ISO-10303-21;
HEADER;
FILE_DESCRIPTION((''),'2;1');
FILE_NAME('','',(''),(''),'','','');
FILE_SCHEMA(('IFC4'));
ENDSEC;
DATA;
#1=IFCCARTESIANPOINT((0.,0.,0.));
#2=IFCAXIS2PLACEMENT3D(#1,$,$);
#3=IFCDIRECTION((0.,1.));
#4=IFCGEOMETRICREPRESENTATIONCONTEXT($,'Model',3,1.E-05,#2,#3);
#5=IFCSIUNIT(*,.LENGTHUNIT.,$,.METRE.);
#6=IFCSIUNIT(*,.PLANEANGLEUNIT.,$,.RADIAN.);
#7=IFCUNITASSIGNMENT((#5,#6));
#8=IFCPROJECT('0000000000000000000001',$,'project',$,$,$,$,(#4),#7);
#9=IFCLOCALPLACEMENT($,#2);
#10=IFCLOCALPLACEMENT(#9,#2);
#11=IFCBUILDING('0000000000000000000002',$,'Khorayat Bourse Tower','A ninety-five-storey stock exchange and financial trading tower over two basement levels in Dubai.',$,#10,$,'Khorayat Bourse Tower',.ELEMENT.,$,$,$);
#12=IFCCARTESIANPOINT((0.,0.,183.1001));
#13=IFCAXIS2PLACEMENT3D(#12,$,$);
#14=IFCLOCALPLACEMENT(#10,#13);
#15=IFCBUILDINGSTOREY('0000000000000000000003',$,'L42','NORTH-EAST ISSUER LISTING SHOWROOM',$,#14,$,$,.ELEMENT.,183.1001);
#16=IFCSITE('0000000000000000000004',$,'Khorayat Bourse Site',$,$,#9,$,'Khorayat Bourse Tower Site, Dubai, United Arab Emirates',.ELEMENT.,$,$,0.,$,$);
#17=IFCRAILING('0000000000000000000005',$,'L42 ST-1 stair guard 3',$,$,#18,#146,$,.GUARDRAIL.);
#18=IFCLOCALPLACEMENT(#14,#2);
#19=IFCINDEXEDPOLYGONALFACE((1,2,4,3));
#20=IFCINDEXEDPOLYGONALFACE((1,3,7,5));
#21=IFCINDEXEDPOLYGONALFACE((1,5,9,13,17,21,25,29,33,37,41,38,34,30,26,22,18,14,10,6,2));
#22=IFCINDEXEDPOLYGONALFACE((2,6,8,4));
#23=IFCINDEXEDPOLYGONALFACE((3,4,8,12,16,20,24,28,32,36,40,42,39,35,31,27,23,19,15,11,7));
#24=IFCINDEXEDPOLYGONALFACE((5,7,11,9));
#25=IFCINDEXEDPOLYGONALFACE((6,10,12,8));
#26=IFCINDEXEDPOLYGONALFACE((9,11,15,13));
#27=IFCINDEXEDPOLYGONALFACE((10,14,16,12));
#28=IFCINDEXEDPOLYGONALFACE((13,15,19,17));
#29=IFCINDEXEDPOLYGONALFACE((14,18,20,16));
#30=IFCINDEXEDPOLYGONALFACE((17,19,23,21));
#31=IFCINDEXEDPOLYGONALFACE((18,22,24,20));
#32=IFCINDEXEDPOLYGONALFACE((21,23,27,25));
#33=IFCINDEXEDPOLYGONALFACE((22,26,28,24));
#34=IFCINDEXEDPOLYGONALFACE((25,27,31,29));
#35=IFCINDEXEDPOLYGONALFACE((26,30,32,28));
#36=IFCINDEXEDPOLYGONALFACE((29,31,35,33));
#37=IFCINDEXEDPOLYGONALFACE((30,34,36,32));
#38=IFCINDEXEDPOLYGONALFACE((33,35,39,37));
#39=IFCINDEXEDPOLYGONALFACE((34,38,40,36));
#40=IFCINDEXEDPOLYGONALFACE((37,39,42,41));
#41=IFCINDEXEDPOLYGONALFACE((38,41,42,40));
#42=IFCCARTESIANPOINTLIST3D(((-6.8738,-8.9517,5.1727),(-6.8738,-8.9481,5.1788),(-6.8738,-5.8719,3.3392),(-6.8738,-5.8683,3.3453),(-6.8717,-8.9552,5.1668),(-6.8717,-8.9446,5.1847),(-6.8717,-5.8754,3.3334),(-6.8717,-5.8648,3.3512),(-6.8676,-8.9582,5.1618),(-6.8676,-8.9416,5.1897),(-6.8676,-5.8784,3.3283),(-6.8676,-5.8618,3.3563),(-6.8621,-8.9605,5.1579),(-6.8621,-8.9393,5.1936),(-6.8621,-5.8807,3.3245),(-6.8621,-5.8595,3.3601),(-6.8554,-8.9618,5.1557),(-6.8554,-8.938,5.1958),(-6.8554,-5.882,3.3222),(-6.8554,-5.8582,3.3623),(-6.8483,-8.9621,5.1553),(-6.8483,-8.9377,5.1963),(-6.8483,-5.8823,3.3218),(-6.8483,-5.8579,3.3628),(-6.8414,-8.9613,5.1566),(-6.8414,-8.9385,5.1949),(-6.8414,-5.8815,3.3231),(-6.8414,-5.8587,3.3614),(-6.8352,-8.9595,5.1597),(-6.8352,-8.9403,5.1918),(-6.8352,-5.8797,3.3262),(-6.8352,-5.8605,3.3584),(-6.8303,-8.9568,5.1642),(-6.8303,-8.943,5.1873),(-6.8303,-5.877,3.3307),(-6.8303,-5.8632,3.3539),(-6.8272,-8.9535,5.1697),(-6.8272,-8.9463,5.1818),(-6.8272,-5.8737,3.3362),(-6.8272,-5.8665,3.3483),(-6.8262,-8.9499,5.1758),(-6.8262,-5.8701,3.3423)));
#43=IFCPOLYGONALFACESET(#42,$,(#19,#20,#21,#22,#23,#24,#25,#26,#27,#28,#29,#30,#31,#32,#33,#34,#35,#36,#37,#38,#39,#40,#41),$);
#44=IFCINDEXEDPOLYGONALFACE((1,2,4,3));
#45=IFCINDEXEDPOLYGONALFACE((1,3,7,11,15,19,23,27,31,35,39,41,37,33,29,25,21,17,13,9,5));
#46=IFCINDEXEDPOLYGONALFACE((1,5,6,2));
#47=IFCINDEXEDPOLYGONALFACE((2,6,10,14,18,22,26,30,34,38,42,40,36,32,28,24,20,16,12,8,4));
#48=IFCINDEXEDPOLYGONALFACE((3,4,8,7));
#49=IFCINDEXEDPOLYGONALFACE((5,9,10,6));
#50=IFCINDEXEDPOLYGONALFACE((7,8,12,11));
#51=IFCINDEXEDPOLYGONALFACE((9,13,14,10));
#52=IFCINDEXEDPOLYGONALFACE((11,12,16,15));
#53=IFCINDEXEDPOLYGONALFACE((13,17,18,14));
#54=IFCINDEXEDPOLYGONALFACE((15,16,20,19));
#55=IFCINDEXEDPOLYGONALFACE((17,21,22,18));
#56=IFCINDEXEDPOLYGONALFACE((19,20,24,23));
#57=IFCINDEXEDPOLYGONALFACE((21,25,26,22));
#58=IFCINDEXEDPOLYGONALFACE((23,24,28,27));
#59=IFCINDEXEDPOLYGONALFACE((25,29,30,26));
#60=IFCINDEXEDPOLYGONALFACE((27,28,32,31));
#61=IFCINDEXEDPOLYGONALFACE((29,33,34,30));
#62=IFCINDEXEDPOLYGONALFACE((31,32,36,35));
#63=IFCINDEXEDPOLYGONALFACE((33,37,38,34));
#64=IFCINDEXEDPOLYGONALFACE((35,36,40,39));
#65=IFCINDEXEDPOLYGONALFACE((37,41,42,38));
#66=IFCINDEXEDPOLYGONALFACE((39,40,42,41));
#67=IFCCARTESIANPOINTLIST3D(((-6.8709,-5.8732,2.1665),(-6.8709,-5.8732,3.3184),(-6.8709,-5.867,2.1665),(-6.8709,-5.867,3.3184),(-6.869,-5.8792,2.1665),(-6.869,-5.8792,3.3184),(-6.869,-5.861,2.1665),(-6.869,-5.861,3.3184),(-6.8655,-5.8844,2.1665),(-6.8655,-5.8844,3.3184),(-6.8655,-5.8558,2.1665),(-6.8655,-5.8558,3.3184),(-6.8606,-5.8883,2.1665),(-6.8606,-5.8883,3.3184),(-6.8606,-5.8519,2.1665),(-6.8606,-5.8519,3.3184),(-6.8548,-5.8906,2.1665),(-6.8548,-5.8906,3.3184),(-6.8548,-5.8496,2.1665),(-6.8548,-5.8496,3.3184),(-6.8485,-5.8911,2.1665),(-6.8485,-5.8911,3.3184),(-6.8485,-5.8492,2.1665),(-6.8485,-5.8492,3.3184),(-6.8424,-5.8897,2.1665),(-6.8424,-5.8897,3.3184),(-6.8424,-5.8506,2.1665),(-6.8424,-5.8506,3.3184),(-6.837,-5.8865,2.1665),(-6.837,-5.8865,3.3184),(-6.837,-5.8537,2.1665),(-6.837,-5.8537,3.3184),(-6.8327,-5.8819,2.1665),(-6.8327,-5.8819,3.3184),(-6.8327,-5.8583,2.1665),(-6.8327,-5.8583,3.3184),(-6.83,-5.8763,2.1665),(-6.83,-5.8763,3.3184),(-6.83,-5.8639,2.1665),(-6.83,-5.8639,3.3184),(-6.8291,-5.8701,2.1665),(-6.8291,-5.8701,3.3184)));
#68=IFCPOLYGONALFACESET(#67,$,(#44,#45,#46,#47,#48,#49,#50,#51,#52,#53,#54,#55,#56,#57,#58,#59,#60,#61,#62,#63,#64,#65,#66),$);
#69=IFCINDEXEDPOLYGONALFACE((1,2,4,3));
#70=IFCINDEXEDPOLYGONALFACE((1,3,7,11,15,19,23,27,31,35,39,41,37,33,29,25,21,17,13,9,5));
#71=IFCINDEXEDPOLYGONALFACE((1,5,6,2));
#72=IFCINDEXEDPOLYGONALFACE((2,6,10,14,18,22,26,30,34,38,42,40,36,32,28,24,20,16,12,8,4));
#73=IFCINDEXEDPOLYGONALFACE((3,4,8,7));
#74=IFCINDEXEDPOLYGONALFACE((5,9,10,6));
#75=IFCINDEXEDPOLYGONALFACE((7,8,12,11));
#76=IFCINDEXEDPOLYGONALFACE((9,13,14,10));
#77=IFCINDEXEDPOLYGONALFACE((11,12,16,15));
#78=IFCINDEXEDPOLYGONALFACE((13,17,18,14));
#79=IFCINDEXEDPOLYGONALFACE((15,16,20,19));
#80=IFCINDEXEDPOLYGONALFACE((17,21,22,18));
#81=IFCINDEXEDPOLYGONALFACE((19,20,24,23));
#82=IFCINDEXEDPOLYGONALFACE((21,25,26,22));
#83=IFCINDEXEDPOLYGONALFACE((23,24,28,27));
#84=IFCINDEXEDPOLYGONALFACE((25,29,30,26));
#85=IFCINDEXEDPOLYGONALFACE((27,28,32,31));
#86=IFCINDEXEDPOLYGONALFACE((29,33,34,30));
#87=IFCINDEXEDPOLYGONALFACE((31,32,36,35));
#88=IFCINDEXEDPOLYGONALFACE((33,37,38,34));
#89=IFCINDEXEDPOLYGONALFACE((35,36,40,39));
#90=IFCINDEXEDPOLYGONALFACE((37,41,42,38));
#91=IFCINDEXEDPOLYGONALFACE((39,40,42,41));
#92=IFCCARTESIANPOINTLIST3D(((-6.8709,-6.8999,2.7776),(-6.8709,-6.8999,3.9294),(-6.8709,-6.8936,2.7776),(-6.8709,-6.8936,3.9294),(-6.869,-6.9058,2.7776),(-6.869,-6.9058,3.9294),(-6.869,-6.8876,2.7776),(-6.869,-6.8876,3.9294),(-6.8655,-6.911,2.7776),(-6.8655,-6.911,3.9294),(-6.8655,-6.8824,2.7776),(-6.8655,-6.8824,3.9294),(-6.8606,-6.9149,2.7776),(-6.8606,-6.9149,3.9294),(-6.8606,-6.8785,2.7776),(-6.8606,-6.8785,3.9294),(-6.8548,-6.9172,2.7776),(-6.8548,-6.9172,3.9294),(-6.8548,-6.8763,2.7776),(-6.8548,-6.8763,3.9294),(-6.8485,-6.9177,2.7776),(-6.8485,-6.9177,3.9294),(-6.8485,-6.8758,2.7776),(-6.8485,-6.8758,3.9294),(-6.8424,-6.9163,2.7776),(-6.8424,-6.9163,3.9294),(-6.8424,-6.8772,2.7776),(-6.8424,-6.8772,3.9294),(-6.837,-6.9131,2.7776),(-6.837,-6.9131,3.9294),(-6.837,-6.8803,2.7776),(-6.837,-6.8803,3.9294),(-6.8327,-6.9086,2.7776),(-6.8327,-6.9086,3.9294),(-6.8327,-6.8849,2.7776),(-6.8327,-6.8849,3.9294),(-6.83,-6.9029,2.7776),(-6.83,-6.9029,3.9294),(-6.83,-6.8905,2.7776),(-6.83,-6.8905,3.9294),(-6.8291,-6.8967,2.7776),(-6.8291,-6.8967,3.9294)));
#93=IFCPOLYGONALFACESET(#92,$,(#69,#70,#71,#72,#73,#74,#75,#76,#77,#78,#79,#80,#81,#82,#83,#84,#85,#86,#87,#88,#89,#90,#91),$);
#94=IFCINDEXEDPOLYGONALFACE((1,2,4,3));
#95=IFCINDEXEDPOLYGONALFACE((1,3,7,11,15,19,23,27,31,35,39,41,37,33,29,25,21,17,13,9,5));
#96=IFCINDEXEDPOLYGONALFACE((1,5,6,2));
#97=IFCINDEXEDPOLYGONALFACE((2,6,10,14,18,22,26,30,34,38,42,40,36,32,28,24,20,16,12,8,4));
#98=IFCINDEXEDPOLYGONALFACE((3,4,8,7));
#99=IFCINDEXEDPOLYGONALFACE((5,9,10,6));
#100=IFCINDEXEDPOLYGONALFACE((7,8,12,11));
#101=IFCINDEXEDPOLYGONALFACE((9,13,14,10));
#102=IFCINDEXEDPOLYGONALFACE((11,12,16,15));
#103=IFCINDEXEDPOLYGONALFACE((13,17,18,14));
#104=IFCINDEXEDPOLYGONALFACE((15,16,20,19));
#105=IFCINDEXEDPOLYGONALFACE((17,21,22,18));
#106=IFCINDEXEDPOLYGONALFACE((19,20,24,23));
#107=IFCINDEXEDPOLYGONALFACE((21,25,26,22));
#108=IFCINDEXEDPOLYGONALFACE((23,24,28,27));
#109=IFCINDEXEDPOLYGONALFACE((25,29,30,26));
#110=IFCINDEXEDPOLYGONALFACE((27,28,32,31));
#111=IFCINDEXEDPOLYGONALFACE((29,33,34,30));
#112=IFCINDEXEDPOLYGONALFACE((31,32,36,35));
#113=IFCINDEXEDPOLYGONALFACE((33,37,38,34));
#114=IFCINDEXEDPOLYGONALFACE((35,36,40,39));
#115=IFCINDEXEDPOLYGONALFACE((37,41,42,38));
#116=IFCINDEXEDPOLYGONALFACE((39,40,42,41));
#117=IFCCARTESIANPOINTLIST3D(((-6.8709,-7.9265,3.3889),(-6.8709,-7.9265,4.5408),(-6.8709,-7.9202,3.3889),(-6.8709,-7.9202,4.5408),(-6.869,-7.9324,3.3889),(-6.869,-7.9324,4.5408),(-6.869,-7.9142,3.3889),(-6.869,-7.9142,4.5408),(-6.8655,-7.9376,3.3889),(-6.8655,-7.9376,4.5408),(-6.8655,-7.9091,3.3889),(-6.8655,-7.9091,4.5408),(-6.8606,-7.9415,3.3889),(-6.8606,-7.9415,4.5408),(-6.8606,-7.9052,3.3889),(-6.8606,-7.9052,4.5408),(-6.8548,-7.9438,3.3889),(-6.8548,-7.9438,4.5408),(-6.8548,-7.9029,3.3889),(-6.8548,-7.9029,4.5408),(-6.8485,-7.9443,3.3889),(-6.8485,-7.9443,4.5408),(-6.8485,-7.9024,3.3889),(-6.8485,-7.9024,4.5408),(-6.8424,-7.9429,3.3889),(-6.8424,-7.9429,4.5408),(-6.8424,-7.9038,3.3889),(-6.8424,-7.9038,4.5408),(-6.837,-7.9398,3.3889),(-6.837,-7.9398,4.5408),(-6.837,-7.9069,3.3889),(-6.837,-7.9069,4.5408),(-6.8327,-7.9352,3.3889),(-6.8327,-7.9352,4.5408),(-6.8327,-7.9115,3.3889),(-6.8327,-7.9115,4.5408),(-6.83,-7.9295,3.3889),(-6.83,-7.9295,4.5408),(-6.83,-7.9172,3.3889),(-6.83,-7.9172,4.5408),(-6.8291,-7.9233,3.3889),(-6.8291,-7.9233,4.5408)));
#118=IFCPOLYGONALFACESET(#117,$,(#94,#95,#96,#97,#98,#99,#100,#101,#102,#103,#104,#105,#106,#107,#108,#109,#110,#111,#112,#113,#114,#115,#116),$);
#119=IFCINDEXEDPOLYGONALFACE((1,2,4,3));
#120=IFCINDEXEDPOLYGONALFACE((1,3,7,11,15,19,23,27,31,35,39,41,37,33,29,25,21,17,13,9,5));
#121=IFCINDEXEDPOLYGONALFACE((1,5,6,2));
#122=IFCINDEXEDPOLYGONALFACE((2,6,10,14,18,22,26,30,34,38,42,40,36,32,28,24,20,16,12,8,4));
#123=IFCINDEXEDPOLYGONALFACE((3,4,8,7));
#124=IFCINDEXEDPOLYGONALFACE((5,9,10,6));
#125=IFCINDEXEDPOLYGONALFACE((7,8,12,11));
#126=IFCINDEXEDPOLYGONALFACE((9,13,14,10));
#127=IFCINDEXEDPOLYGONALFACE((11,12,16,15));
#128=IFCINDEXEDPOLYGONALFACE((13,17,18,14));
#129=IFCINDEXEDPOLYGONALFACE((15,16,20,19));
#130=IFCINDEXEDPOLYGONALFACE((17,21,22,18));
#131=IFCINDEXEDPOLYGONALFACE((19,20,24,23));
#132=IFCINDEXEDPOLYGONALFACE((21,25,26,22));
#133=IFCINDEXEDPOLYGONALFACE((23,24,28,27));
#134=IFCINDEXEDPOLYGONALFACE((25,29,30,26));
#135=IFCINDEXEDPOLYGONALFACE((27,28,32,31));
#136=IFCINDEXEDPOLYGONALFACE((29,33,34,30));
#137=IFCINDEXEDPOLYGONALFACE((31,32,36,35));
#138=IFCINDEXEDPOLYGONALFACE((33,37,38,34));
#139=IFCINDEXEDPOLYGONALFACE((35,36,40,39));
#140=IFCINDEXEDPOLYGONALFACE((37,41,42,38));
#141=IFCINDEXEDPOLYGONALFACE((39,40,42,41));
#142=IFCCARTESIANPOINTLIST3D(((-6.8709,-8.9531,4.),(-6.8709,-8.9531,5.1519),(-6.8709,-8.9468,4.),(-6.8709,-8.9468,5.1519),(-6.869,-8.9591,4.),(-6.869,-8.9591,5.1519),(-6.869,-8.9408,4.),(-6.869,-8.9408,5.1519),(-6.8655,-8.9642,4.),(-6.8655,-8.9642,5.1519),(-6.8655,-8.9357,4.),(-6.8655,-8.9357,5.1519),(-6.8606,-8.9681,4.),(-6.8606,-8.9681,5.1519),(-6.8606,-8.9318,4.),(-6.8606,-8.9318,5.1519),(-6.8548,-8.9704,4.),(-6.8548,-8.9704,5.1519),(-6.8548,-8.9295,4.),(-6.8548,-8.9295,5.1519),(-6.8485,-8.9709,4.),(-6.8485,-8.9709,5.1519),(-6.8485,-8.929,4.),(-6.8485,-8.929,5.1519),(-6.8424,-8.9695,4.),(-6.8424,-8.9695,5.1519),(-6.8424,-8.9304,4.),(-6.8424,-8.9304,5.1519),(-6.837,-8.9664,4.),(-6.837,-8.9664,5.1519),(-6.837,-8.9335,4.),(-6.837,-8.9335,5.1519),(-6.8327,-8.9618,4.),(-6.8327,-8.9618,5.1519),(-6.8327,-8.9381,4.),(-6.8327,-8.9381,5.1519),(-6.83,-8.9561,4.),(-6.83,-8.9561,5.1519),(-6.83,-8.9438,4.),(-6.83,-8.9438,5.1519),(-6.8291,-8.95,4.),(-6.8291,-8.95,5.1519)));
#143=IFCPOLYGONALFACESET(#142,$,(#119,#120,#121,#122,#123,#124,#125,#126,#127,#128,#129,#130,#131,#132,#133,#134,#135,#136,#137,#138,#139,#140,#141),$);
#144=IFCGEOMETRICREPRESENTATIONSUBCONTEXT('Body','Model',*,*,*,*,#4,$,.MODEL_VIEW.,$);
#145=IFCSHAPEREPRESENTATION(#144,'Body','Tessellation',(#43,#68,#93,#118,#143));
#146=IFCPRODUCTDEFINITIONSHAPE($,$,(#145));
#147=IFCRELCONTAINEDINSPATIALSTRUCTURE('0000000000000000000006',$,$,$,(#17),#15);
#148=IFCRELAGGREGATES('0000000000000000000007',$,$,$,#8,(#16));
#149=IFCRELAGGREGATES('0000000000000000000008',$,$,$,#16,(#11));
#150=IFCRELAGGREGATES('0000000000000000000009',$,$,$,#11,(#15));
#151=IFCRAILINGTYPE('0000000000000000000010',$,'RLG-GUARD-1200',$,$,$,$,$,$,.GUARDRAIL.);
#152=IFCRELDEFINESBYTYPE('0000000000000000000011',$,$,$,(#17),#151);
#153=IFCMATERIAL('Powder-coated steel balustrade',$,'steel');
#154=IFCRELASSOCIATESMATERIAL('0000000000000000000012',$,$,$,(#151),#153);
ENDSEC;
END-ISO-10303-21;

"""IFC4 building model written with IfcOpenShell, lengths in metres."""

from ifc_helpers import new_model, si_unit, direction, frame, origin, origin_2d, place, context, subcontext, project, spatial, circle, extrude, source, transform, mapped, material, type_object, element, save


model = new_model("IFC4")

# Units and contexts
model_context = context("Model", 3, precision=1e-05, world=origin(), true_north=direction((0.0, 1.0)))
body_context = subcontext(model_context, "Body", "Model", "MODEL_VIEW")
ifc_project = project(units=[si_unit("LENGTHUNIT", "METRE"), si_unit("PLANEANGLEUNIT", "RADIAN")], contexts=[model_context])

# Site, building, storey
site_placement = place(None, origin())
site = spatial("IfcSite", under=ifc_project, at=site_placement, Name="Khorayat Bourse Site", LongName="Khorayat Bourse Tower Site, Dubai, United Arab Emirates", CompositionType="ELEMENT", RefElevation=0.0)
building_placement = place(site_placement, origin())
building = spatial("IfcBuilding", under=site, at=building_placement, Name="Khorayat Bourse Tower", Description="A ninety-five-storey stock exchange and financial trading tower over two basement levels in Dubai.", LongName="Khorayat Bourse Tower", CompositionType="ELEMENT")
storey_placement = place(building_placement, frame((0.0, 0.0, 183.1001)))
storey = spatial("IfcBuildingStorey", under=building, at=storey_placement, Name="L42", Description="NORTH-EAST ISSUER LISTING SHOWROOM", CompositionType="ELEMENT", Elevation=183.1001)

# Railing
ifc_material_1 = material(Name="Powder-coated steel balustrade", Category="steel")
railing_type_1 = type_object("IfcRailingType", Name="RLG-GUARD-1200", PredefinedType="GUARDRAIL", material=ifc_material_1)
shared_shape_1 = source(origin(), body_context, "Body", "SweptSolid", [
    extrude(circle(Radius=0.0239, at=origin_2d()), frame((0.0, 0.0, 1.1758), z_axis=(0.0, -0.859261, 0.511538), x_axis=(1.0, 0.0, 0.0)), (0.0, 0.0, 1.0), 3.5842),
    extrude(circle(Radius=0.021, at=origin_2d()), origin(), (0.0, 0.0, 1.0), 1.1519),
    extrude(circle(Radius=0.021, at=origin_2d()), frame((0.0, -1.0266, 0.6111)), (0.0, 0.0, 1.0), 1.1519),
    extrude(circle(Radius=0.021, at=origin_2d()), frame((0.0, -2.0532, 1.2224)), (0.0, 0.0, 1.0), 1.1519),
    extrude(circle(Radius=0.021, at=origin_2d()), frame((0.0, -3.0798, 1.8335)), (0.0, 0.0, 1.0), 1.1519),
])
railing_1_placement = place(storey_placement, frame((-6.8501, -5.8701, 2.1665)))
element("IfcRailing", 1, at=railing_1_placement, inside=storey, type_object=railing_type_1, Name="L42 ST-1 stair guard 3", PredefinedType="GUARDRAIL", context=body_context, shape_type="MappedRepresentation", body=[
    mapped(shared_shape_1, transform((0.0, 0.0, 0.0), scale=1.0)),
])

save(model, "model.ifc")
